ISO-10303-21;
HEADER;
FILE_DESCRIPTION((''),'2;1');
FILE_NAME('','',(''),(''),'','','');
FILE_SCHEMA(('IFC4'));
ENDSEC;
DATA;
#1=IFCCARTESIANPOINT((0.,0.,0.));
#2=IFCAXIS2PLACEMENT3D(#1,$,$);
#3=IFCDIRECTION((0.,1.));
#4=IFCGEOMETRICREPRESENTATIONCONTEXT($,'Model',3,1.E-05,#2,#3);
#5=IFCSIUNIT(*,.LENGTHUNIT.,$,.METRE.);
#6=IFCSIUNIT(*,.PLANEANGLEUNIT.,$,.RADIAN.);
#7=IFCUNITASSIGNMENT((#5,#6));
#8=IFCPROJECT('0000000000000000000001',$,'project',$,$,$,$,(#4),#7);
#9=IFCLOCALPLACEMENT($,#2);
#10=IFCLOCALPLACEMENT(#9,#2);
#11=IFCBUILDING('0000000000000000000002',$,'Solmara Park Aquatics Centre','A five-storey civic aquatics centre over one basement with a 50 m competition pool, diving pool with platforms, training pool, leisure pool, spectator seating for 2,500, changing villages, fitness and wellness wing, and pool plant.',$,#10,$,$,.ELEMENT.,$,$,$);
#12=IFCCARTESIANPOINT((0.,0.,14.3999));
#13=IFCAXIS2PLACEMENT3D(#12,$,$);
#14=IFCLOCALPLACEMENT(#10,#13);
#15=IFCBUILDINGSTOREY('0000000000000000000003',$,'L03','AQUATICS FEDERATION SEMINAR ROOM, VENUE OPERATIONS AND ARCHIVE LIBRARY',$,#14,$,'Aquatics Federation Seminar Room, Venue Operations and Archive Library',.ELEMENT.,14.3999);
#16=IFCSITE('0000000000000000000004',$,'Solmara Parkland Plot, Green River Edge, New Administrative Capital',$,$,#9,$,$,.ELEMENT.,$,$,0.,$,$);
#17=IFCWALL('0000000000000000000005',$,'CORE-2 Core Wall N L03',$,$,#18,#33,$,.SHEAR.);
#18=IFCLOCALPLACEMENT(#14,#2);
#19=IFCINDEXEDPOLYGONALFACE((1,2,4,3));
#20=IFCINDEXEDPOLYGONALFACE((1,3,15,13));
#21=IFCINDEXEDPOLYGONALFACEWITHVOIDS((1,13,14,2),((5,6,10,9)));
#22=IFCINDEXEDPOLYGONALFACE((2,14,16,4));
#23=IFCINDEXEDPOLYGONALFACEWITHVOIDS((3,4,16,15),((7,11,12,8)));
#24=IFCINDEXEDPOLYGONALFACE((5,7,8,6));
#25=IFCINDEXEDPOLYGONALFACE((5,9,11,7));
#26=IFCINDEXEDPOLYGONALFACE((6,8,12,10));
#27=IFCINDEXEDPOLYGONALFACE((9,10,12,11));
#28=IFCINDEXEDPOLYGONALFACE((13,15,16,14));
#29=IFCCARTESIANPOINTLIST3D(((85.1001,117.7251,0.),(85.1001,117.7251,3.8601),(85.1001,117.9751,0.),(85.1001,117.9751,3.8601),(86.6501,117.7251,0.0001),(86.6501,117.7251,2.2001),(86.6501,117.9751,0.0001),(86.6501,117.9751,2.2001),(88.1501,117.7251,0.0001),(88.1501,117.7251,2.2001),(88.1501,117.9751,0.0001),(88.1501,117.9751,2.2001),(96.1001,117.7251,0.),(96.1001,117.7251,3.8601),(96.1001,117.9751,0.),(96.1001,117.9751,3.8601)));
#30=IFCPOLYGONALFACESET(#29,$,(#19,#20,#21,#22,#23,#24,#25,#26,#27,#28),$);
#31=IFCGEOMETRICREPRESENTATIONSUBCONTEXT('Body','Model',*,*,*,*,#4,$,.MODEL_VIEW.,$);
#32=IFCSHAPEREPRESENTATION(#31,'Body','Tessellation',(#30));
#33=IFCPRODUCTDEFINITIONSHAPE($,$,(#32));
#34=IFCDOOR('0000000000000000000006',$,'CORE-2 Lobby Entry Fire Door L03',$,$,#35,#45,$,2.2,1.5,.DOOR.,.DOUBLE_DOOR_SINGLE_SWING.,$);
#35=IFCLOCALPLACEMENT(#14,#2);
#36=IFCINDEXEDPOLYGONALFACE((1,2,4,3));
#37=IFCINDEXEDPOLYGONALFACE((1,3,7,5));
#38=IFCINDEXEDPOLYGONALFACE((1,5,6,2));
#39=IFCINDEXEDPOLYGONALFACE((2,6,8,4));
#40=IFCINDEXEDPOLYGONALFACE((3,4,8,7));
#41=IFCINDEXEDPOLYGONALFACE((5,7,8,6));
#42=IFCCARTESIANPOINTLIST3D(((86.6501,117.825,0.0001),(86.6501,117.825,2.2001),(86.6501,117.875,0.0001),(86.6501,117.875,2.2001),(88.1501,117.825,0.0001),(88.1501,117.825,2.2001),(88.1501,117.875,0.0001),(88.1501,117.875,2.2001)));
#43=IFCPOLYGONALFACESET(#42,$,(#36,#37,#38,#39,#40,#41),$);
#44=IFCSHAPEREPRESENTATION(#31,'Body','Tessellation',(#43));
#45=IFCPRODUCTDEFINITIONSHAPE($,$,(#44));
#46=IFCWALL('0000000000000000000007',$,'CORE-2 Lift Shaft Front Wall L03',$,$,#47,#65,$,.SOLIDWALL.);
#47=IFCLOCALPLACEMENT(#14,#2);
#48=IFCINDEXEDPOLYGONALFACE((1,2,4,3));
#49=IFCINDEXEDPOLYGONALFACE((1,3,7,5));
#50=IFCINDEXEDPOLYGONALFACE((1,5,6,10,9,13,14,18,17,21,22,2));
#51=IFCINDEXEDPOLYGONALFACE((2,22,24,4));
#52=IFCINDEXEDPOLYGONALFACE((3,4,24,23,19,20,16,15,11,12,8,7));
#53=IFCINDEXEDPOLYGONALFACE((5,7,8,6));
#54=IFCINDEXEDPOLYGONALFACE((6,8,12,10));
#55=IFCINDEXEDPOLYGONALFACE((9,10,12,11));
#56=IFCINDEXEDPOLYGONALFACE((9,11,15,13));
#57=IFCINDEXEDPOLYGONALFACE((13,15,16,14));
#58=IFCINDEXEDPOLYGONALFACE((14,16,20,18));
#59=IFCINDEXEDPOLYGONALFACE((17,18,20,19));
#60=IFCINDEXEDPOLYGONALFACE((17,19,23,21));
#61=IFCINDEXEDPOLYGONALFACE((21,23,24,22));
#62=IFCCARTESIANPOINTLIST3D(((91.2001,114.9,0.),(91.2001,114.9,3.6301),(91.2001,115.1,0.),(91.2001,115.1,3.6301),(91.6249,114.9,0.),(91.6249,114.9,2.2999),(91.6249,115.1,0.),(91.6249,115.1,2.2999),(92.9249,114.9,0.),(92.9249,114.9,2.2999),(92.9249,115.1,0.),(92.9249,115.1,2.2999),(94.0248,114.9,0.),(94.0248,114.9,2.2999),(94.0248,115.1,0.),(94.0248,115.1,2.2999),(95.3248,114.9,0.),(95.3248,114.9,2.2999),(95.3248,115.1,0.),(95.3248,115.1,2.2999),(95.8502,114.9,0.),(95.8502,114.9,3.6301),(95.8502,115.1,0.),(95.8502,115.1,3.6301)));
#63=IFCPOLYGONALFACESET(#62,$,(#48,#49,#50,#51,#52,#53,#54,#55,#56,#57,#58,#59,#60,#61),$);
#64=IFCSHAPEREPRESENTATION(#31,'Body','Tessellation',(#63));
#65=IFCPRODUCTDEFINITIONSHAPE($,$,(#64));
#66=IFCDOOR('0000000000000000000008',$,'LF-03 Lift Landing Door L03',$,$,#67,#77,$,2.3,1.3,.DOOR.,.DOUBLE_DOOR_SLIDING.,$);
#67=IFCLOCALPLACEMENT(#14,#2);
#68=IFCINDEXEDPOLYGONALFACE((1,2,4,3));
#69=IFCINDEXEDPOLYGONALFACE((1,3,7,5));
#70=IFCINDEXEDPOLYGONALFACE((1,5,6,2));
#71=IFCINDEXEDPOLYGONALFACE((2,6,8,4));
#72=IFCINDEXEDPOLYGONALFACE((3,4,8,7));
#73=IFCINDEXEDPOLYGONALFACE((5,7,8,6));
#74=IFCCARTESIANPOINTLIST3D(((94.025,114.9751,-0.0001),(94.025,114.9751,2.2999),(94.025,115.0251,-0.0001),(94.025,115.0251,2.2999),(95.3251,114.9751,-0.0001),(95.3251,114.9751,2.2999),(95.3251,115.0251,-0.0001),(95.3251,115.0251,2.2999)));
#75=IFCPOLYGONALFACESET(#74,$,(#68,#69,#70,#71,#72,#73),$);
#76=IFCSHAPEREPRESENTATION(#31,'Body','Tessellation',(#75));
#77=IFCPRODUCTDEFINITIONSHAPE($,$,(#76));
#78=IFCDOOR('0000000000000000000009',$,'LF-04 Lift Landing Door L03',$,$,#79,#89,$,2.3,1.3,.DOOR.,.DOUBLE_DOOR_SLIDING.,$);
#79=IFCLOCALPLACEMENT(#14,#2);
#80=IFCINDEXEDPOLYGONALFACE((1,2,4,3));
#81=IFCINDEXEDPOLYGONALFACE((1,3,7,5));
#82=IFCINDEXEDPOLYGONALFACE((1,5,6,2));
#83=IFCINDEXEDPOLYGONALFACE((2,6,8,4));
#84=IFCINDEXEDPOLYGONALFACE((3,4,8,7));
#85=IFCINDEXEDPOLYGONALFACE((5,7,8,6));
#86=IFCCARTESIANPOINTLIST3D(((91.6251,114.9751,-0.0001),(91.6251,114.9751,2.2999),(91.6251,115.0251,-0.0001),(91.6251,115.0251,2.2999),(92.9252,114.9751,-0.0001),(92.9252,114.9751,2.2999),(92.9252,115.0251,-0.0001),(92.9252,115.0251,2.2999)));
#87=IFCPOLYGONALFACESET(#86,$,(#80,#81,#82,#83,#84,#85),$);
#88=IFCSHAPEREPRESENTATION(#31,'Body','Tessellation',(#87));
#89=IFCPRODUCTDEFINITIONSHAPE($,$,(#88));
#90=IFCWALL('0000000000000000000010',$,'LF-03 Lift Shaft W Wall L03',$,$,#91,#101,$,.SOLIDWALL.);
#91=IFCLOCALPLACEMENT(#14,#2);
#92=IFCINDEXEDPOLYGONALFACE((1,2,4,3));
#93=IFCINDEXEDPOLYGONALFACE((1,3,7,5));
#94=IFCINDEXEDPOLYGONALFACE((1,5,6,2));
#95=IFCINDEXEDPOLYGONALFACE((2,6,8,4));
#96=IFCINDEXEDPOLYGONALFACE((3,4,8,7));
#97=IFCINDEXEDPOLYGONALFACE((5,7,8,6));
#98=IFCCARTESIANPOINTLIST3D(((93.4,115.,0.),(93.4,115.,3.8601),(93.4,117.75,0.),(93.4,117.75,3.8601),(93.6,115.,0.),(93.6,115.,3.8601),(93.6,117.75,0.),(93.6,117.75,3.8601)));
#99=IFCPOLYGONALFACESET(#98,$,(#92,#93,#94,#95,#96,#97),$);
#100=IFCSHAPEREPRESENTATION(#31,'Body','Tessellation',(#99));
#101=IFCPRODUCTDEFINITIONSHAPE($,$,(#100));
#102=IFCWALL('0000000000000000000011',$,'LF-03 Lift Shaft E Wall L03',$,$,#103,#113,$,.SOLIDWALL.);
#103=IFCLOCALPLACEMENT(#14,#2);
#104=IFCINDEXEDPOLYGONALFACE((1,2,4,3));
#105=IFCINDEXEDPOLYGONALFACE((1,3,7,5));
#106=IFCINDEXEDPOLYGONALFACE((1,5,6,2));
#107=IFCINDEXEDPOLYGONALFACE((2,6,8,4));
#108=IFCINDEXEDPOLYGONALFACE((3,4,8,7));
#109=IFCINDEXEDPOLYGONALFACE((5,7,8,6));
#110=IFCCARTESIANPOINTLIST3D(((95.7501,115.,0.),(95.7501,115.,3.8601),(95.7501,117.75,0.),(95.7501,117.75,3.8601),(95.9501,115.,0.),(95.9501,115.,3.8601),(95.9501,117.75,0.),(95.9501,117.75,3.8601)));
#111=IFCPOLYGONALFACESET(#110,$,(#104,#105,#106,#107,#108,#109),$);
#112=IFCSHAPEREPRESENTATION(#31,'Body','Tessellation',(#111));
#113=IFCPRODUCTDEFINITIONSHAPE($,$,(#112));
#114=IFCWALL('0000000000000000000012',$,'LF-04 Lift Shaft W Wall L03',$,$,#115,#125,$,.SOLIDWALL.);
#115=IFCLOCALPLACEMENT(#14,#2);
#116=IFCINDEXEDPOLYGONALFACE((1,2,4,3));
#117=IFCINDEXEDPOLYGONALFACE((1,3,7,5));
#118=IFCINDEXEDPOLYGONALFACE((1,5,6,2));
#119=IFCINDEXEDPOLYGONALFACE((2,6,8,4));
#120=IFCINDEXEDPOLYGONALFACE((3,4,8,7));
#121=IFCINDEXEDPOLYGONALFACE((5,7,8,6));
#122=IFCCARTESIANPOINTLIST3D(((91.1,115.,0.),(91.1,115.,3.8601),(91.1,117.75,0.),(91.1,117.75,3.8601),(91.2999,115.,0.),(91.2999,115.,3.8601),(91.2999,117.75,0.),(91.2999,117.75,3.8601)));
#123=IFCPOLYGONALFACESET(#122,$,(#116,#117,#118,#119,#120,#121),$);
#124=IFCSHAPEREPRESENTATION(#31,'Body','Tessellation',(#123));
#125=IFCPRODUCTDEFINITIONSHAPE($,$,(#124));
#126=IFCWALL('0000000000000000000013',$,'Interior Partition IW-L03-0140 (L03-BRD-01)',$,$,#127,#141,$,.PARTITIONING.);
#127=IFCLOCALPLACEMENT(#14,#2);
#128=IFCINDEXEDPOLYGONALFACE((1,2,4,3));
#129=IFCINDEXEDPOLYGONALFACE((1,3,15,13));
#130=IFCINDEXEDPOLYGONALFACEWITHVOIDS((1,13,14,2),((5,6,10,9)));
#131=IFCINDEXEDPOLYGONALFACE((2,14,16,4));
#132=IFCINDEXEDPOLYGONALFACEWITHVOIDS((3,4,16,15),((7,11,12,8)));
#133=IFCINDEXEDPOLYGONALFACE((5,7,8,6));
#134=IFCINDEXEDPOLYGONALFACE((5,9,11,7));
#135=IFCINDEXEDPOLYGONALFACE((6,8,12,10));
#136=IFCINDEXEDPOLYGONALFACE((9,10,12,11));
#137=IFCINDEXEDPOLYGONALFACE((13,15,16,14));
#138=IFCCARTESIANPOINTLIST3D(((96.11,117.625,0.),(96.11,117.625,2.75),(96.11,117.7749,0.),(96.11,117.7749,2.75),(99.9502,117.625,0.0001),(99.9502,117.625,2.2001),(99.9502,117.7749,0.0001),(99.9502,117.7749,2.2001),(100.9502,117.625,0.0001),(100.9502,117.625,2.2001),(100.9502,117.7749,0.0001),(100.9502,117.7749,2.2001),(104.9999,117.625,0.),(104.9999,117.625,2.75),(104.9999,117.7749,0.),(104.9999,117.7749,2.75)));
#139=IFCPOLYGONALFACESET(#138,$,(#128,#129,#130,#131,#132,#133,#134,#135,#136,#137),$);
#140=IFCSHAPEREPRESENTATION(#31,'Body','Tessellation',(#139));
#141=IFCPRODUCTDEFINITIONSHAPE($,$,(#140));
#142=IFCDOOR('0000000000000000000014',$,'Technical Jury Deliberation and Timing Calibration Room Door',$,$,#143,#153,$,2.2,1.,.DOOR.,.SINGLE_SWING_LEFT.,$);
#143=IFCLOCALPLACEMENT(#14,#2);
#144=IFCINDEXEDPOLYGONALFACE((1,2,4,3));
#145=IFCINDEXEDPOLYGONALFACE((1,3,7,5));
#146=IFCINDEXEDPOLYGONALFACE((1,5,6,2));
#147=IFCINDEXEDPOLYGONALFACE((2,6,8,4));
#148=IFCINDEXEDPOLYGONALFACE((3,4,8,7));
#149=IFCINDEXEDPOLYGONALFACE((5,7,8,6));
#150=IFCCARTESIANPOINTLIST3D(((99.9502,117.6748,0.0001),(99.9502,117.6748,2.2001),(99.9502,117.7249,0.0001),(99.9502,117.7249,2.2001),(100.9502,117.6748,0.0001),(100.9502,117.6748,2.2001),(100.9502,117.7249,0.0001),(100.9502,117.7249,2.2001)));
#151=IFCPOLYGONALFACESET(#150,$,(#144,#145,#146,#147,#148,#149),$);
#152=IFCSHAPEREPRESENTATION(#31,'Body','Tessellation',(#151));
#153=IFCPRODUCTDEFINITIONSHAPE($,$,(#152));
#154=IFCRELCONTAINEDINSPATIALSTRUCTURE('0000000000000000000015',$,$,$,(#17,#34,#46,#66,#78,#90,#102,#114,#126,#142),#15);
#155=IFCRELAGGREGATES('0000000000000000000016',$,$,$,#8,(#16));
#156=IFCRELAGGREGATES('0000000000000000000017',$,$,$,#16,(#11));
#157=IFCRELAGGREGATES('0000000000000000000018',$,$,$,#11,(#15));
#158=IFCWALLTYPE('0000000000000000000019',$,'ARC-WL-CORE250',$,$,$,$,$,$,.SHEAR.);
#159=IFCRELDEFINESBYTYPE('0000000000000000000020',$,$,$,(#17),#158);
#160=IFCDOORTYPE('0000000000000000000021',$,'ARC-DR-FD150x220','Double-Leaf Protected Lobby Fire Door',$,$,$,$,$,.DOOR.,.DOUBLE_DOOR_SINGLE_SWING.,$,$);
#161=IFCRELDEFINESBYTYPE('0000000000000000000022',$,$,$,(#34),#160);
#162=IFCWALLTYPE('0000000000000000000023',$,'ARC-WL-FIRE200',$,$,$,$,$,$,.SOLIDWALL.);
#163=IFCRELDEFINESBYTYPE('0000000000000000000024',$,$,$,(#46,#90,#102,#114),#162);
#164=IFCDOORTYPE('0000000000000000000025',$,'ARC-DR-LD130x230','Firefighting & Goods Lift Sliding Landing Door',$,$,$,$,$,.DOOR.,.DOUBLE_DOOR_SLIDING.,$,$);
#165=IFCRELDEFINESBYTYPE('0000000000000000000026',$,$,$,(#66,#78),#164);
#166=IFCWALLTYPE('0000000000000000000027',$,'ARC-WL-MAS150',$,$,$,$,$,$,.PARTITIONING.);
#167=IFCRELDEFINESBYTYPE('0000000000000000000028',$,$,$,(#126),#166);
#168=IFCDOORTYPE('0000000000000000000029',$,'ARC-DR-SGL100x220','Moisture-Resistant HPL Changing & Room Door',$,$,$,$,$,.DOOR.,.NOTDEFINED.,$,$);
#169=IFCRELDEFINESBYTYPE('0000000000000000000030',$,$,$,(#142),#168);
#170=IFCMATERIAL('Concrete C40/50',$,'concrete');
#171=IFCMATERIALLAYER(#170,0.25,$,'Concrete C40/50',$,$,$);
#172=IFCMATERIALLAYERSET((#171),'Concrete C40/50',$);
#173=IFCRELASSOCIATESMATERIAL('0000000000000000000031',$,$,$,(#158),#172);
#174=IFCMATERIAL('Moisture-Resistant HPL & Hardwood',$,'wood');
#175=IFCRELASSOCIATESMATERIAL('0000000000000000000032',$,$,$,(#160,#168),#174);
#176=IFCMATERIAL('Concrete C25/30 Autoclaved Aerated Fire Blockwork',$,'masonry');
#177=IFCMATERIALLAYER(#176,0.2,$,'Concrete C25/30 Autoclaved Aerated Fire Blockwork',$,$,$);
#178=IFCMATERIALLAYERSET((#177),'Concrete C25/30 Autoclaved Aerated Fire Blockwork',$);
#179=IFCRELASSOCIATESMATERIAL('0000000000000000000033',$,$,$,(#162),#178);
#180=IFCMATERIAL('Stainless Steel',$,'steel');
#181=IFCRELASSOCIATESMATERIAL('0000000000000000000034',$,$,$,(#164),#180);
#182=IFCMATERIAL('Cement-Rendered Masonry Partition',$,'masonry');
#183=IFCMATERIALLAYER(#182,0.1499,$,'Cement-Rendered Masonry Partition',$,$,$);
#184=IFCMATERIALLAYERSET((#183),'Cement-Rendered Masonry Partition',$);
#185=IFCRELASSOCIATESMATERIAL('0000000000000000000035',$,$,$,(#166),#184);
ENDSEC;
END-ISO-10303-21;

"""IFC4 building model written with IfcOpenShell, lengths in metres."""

from ifc_helpers import new_model, si_unit, direction, frame, frame_2d, origin, place, context, subcontext, project, spatial, rectangle, extrude, material, layer, layer_set, type_object, element, fill, save


model = new_model("IFC4")

# Units and contexts
model_context = context("Model", 3, precision=1e-05, world=origin(), true_north=direction((0.0, 1.0)))
body_context = subcontext(model_context, "Body", "Model", "MODEL_VIEW")
ifc_project = project(units=[si_unit("LENGTHUNIT", "METRE"), si_unit("PLANEANGLEUNIT", "RADIAN")], contexts=[model_context])

# Site, building, storey
site_placement = place(None, origin())
site = spatial("IfcSite", under=ifc_project, at=site_placement, Name="Solmara Parkland Plot, Green River Edge, New Administrative Capital", CompositionType="ELEMENT", RefElevation=0.0)
building_placement = place(site_placement, origin())
building = spatial("IfcBuilding", under=site, at=building_placement, Name="Solmara Park Aquatics Centre", Description="A five-storey civic aquatics centre over one basement with a 50 m competition pool, diving pool with platforms, training pool, leisure pool, spectator seating for 2,500, changing villages, fitness and wellness wing, and pool plant.", CompositionType="ELEMENT")
storey_placement = place(building_placement, frame((0.0, 0.0, 14.3999)))
storey = spatial("IfcBuildingStorey", under=building, at=storey_placement, Name="L03", Description="AQUATICS FEDERATION SEMINAR ROOM, VENUE OPERATIONS AND ARCHIVE LIBRARY", LongName="Aquatics Federation Seminar Room, Venue Operations and Archive Library", CompositionType="ELEMENT", Elevation=14.3999)

# Shared definitions
ifc_material_1 = material(Name="Concrete C40/50", Category="concrete")

# Wall, opening, door
ifc_layer_1 = layer(ifc_material_1, 0.25, Name="Concrete C40/50")
ifc_layer_set_1 = layer_set([ifc_layer_1], Name="Concrete C40/50")
wall_type_1 = type_object("IfcWallType", Name="ARC-WL-CORE250", PredefinedType="SHEAR", material=ifc_layer_set_1)
wall_1_placement = place(storey_placement, frame((85.1001, 117.8501, 0.0), z_axis=(0.0, 0.0, 1.0), x_axis=(1.0, 0.0, 0.0)))
wall_1 = element("IfcWall", 1, at=wall_1_placement, inside=storey, type_object=wall_type_1, Name="CORE-2 Core Wall N L03", PredefinedType="SHEAR", context=body_context, shape_type="SweptSolid", body=[
    extrude(rectangle(XDim=11.0, YDim=0.25, at=frame_2d((5.5, 0.0))), origin(), (0.0, 0.0, 1.0), 3.8601),
])
opening_1_placement = place(wall_1_placement, frame((1.55, 0.0, 0.0)))
opening_1 = element("IfcOpeningElement", 2, at=opening_1_placement, cuts=wall_1, PredefinedType="OPENING", context=body_context, shape_type="SweptSolid", body=[
    extrude(rectangle(XDim=1.5, YDim=2.2, at=frame_2d((0.75, 1.1001))), frame((0.0, 0.135, 0.0), z_axis=(0.0, -1.0, 0.0), x_axis=(1.0, 0.0, 0.0)), (0.0, 0.0, 1.0), 0.27),
])
ifc_material_2 = material(Name="Moisture-Resistant HPL & Hardwood", Category="wood")
door_type_1 = type_object("IfcDoorType", Name="ARC-DR-FD150x220", Description="Double-Leaf Protected Lobby Fire Door", OperationType="DOUBLE_DOOR_SINGLE_SWING", PredefinedType="DOOR", material=ifc_material_2)
door_1_placement = place(opening_1_placement, origin())
door_1 = element("IfcDoor", 3, at=door_1_placement, inside=storey, type_object=door_type_1, Name="CORE-2 Lobby Entry Fire Door L03", OperationType="DOUBLE_DOOR_SINGLE_SWING", OverallHeight=2.2, OverallWidth=1.5, PredefinedType="DOOR", context=body_context, shape_type="SweptSolid", body=[
    extrude(rectangle(XDim=1.5, YDim=2.2, at=frame_2d((0.75, 1.1001))), frame((0.0, 0.0249, 0.0), z_axis=(0.0, -1.0, 0.0), x_axis=(1.0, 0.0, 0.0)), (0.0, 0.0, 1.0), 0.05),
])
fill(opening_1, door_1)

# Wall, openings, doors
ifc_material_3 = material(Name="Concrete C25/30 Autoclaved Aerated Fire Blockwork", Category="masonry")
ifc_layer_2 = layer(ifc_material_3, 0.2, Name="Concrete C25/30 Autoclaved Aerated Fire Blockwork")
ifc_layer_set_2 = layer_set([ifc_layer_2], Name="Concrete C25/30 Autoclaved Aerated Fire Blockwork")
wall_type_2 = type_object("IfcWallType", Name="ARC-WL-FIRE200", PredefinedType="SOLIDWALL", material=ifc_layer_set_2)
wall_2_placement = place(storey_placement, frame((91.2, 115.0, 0.0), z_axis=(0.0, 0.0, 1.0), x_axis=(1.0, 0.0, 0.0)))
wall_2 = element("IfcWall", 4, at=wall_2_placement, inside=storey, type_object=wall_type_2, Name="CORE-2 Lift Shaft Front Wall L03", PredefinedType="SOLIDWALL", context=body_context, shape_type="SweptSolid", body=[
    extrude(rectangle(XDim=4.6501, YDim=0.2, at=frame_2d((2.3252, 0.0))), origin(), (0.0, 0.0, 1.0), 3.6301),
])
opening_2_placement = place(wall_2_placement, frame((2.825, 0.0, 0.0)))
opening_2 = element("IfcOpeningElement", 5, at=opening_2_placement, cuts=wall_2, PredefinedType="OPENING", context=body_context, shape_type="SweptSolid", body=[
    extrude(rectangle(XDim=1.3, YDim=2.3, at=frame_2d((0.6499, 1.1499))), frame((0.0, 0.1099, 0.0), z_axis=(0.0, -1.0, 0.0), x_axis=(1.0, 0.0, 0.0)), (0.0, 0.0, 1.0), 0.22),
])
opening_3_placement = place(wall_2_placement, frame((0.425, 0.0, 0.0)))
opening_3 = element("IfcOpeningElement", 6, at=opening_3_placement, cuts=wall_2, PredefinedType="OPENING", context=body_context, shape_type="SweptSolid", body=[
    extrude(rectangle(XDim=1.3, YDim=2.3, at=frame_2d((0.6499, 1.1499))), frame((0.0, 0.1099, 0.0), z_axis=(0.0, -1.0, 0.0), x_axis=(1.0, 0.0, 0.0)), (0.0, 0.0, 1.0), 0.22),
])
ifc_material_4 = material(Name="Stainless Steel", Category="steel")
door_type_2 = type_object("IfcDoorType", Name="ARC-DR-LD130x230", Description="Firefighting & Goods Lift Sliding Landing Door", OperationType="DOUBLE_DOOR_SLIDING", PredefinedType="DOOR", material=ifc_material_4)
door_2_placement = place(opening_2_placement, frame((1.3, 0.0, 0.0), z_axis=(0.0, 0.0, 1.0), x_axis=(-1.0, 0.0, 0.0)))
door_2 = element("IfcDoor", 7, at=door_2_placement, inside=storey, type_object=door_type_2, Name="LF-03 Lift Landing Door L03", OperationType="DOUBLE_DOOR_SLIDING", OverallHeight=2.3, OverallWidth=1.3, PredefinedType="DOOR", context=body_context, shape_type="SweptSolid", body=[
    extrude(rectangle(XDim=1.3, YDim=2.3, at=frame_2d((0.6499, 1.1499))), frame((0.0, 0.0249, 0.0), z_axis=(0.0, -1.0, 0.0), x_axis=(1.0, 0.0, 0.0)), (0.0, 0.0, 1.0), 0.05),
])
fill(opening_2, door_2)
door_3_placement = place(opening_3_placement, frame((1.3, 0.0, 0.0), z_axis=(0.0, 0.0, 1.0), x_axis=(-1.0, 0.0, 0.0)))
door_3 = element("IfcDoor", 8, at=door_3_placement, inside=storey, type_object=door_type_2, Name="LF-04 Lift Landing Door L03", OperationType="DOUBLE_DOOR_SLIDING", OverallHeight=2.3, OverallWidth=1.3, PredefinedType="DOOR", context=body_context, shape_type="SweptSolid", body=[
    extrude(rectangle(XDim=1.3, YDim=2.3, at=frame_2d((0.6499, 1.1499))), frame((0.0, 0.0249, 0.0), z_axis=(0.0, -1.0, 0.0), x_axis=(1.0, 0.0, 0.0)), (0.0, 0.0, 1.0), 0.05),
])
fill(opening_3, door_3)

# Walls
for number, where, z_axis, x_axis, name in (
    (9, (93.5, 115.0, 0.0), (0.0, 0.0, 1.0), (0.0, 1.0, 0.0), "LF-03 Lift Shaft W Wall L03"),
    (10, (95.8501, 115.0, 0.0), (0.0, 0.0, 1.0), (0.0, 1.0, 0.0), "LF-03 Lift Shaft E Wall L03"),
    (11, (91.2, 115.0, 0.0), (0.0, 0.0, 1.0), (0.0, 1.0, 0.0), "LF-04 Lift Shaft W Wall L03"),
):
    element("IfcWall", number, at=place(storey_placement, frame(where, z_axis=z_axis, x_axis=x_axis)), inside=storey, type_object=wall_type_2, Name=name, PredefinedType="SOLIDWALL", context=body_context, shape_type="SweptSolid", body=[
        extrude(rectangle(XDim=2.75, YDim=0.2, at=frame_2d((1.375, 0.0))), origin(), (0.0, 0.0, 1.0), 3.8601),
    ])

# Wall, opening, door
ifc_material_5 = material(Name="Cement-Rendered Masonry Partition", Category="masonry")
ifc_layer_3 = layer(ifc_material_5, 0.1499, Name="Cement-Rendered Masonry Partition")
ifc_layer_set_3 = layer_set([ifc_layer_3], Name="Cement-Rendered Masonry Partition")
wall_type_3 = type_object("IfcWallType", Name="ARC-WL-MAS150", PredefinedType="PARTITIONING", material=ifc_layer_set_3)
wall_3_placement = place(storey_placement, frame((96.1101, 117.7, 0.0), z_axis=(0.0, 0.0, 1.0), x_axis=(1.0, 0.0, 0.0)))
wall_3 = element("IfcWall", 12, at=wall_3_placement, inside=storey, type_object=wall_type_3, Name="Interior Partition IW-L03-0140 (L03-BRD-01)", PredefinedType="PARTITIONING", context=body_context, shape_type="SweptSolid", body=[
    extrude(rectangle(XDim=8.8899, YDim=0.1499, at=frame_2d((4.4448, 0.0))), origin(), (0.0, 0.0, 1.0), 2.75),
])
opening_4_placement = place(wall_3_placement, frame((3.8401, 0.0, 0.0)))
opening_4 = element("IfcOpeningElement", 13, at=opening_4_placement, cuts=wall_3, PredefinedType="OPENING", context=body_context, shape_type="SweptSolid", body=[
    extrude(rectangle(XDim=1.0, YDim=2.2, at=frame_2d((0.5, 1.1001))), frame((0.0, 0.085, 0.0), z_axis=(0.0, -1.0, 0.0), x_axis=(1.0, 0.0, 0.0)), (0.0, 0.0, 1.0), 0.1699),
])
door_type_3 = type_object("IfcDoorType", Name="ARC-DR-SGL100x220", Description="Moisture-Resistant HPL Changing & Room Door", OperationType="NOTDEFINED", PredefinedType="DOOR", material=ifc_material_2)
door_4_placement = place(opening_4_placement, origin())
door_4 = element("IfcDoor", 14, at=door_4_placement, inside=storey, type_object=door_type_3, Name="Technical Jury Deliberation and Timing Calibration Room Door", OperationType="SINGLE_SWING_LEFT", OverallHeight=2.2, OverallWidth=1.0, PredefinedType="DOOR", context=body_context, shape_type="SweptSolid", body=[
    extrude(rectangle(XDim=1.0, YDim=2.2, at=frame_2d((0.5, 1.1001))), frame((0.0, 0.0249, 0.0), z_axis=(0.0, -1.0, 0.0), x_axis=(1.0, 0.0, 0.0)), (0.0, 0.0, 1.0), 0.05),
])
fill(opening_4, door_4)

save(model, "model.ifc")
